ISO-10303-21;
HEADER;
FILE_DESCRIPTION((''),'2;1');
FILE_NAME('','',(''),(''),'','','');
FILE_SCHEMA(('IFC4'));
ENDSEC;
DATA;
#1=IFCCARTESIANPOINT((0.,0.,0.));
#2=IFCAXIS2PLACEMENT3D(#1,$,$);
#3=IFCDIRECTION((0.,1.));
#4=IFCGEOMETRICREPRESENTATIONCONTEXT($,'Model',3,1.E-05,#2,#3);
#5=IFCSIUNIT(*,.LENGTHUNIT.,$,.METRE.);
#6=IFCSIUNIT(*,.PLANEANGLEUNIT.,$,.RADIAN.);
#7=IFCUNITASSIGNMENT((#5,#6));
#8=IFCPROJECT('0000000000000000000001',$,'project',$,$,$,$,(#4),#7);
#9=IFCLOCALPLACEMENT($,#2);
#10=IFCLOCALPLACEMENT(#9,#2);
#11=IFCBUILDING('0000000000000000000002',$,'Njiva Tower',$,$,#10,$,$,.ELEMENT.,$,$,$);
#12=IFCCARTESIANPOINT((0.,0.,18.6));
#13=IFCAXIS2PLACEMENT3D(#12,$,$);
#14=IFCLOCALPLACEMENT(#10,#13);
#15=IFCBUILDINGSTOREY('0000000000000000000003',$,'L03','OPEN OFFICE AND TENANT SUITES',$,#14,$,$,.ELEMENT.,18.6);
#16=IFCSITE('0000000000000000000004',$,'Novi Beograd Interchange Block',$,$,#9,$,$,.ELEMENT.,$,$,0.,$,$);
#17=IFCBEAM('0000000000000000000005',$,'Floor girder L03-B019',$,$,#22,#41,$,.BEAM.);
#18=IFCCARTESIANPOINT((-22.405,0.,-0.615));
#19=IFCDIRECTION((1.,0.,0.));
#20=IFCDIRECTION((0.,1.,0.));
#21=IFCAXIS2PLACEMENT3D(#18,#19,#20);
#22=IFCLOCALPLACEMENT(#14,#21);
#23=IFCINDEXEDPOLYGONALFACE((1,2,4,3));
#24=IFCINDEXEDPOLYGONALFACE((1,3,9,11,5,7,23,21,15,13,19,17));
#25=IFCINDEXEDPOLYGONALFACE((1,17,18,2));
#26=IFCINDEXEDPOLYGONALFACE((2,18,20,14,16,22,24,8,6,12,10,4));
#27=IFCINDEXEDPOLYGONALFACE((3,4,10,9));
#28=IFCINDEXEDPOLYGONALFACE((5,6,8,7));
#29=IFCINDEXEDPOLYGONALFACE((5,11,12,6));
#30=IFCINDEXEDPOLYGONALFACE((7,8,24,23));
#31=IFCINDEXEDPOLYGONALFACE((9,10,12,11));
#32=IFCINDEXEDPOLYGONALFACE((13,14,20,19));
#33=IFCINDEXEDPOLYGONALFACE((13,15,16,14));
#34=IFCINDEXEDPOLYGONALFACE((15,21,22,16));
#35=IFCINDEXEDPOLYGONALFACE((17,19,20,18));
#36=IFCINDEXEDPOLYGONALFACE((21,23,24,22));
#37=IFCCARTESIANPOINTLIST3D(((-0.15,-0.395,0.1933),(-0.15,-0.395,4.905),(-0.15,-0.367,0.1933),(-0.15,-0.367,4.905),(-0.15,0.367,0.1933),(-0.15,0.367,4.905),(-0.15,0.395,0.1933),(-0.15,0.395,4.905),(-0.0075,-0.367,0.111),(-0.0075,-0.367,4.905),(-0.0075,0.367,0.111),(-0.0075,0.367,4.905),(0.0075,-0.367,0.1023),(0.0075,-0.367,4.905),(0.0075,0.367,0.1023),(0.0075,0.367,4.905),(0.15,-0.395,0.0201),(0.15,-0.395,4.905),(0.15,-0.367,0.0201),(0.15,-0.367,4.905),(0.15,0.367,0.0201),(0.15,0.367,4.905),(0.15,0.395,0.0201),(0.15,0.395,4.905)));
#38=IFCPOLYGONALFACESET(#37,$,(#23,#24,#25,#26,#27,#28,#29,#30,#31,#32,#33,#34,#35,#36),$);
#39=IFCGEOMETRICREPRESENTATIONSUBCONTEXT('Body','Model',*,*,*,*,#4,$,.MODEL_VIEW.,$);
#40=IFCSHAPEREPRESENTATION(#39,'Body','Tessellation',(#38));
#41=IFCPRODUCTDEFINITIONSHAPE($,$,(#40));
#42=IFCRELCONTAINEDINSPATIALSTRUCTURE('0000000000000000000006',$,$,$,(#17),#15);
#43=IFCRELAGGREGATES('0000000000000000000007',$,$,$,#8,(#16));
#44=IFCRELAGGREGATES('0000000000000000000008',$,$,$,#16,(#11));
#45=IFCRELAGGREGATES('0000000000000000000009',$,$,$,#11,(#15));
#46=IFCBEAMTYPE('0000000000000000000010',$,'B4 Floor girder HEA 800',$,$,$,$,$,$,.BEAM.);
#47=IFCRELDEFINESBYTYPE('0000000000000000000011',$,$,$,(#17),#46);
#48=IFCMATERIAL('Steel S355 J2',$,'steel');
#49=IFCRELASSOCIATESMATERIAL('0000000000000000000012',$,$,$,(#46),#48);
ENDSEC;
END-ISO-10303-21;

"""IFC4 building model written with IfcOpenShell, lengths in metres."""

from ifc_helpers import new_model, si_unit, direction, frame, origin, origin_2d, place, context, subcontext, project, spatial, i_section, extrude, clip, halfspace, material, material_profile, profile_set, type_object, element, save


model = new_model("IFC4")

# Units and contexts
model_context = context("Model", 3, precision=1e-05, world=origin(), true_north=direction((0.0, 1.0)))
body_context = subcontext(model_context, "Body", "Model", "MODEL_VIEW")
ifc_project = project(units=[si_unit("LENGTHUNIT", "METRE"), si_unit("PLANEANGLEUNIT", "RADIAN")], contexts=[model_context])

# Site, building, storey
site_placement = place(None, origin())
site = spatial("IfcSite", under=ifc_project, at=site_placement, Name="Novi Beograd Interchange Block", CompositionType="ELEMENT", RefElevation=0.0)
building_placement = place(site_placement, origin())
building = spatial("IfcBuilding", under=site, at=building_placement, Name="Njiva Tower", CompositionType="ELEMENT")
storey_placement = place(building_placement, frame((0.0, 0.0, 18.6)))
storey = spatial("IfcBuildingStorey", under=building, at=storey_placement, Name="L03", Description="OPEN OFFICE AND TENANT SUITES", CompositionType="ELEMENT", Elevation=18.6)

# Shared definitions
ifc_material_1 = material(Name="Steel S355 J2", Category="steel")

# Beam
ifc_material_profile_1 = material_profile(ifc_material_1, i_section(OverallWidth=0.3, OverallDepth=0.79, WebThickness=0.015, FlangeThickness=0.028, at=origin_2d()), Name="HEA 800")
ifc_profile_set_1 = profile_set([ifc_material_profile_1], Name="Steel S355 J2")
beam_type_1 = type_object("IfcBeamType", Name="B4 Floor girder HEA 800", PredefinedType="BEAM", material=ifc_profile_set_1)
beam_1_placement = place(storey_placement, frame((-22.405, 0.0, -0.615), z_axis=(1.0, 0.0, 0.0), x_axis=(0.0, 1.0, 0.0)))
element("IfcBeam", 1, at=beam_1_placement, inside=storey, type_object=beam_type_1, Name="Floor girder L03-B019", PredefinedType="BEAM", context=body_context, shape_type="Clipping", body=[
    clip(extrude(i_section(OverallWidth=0.3, OverallDepth=0.79, WebThickness=0.015, FlangeThickness=0.028, at=origin_2d()), origin(), (0.0, 0.0, 1.0), 4.905), halfspace(frame((-0.025, 0.0, 0.1211), z_axis=(-0.499998, 0.0, -0.866027), x_axis=(0.0, -1.0, 0.0)), False)),
])

save(model, "model.ifc")
